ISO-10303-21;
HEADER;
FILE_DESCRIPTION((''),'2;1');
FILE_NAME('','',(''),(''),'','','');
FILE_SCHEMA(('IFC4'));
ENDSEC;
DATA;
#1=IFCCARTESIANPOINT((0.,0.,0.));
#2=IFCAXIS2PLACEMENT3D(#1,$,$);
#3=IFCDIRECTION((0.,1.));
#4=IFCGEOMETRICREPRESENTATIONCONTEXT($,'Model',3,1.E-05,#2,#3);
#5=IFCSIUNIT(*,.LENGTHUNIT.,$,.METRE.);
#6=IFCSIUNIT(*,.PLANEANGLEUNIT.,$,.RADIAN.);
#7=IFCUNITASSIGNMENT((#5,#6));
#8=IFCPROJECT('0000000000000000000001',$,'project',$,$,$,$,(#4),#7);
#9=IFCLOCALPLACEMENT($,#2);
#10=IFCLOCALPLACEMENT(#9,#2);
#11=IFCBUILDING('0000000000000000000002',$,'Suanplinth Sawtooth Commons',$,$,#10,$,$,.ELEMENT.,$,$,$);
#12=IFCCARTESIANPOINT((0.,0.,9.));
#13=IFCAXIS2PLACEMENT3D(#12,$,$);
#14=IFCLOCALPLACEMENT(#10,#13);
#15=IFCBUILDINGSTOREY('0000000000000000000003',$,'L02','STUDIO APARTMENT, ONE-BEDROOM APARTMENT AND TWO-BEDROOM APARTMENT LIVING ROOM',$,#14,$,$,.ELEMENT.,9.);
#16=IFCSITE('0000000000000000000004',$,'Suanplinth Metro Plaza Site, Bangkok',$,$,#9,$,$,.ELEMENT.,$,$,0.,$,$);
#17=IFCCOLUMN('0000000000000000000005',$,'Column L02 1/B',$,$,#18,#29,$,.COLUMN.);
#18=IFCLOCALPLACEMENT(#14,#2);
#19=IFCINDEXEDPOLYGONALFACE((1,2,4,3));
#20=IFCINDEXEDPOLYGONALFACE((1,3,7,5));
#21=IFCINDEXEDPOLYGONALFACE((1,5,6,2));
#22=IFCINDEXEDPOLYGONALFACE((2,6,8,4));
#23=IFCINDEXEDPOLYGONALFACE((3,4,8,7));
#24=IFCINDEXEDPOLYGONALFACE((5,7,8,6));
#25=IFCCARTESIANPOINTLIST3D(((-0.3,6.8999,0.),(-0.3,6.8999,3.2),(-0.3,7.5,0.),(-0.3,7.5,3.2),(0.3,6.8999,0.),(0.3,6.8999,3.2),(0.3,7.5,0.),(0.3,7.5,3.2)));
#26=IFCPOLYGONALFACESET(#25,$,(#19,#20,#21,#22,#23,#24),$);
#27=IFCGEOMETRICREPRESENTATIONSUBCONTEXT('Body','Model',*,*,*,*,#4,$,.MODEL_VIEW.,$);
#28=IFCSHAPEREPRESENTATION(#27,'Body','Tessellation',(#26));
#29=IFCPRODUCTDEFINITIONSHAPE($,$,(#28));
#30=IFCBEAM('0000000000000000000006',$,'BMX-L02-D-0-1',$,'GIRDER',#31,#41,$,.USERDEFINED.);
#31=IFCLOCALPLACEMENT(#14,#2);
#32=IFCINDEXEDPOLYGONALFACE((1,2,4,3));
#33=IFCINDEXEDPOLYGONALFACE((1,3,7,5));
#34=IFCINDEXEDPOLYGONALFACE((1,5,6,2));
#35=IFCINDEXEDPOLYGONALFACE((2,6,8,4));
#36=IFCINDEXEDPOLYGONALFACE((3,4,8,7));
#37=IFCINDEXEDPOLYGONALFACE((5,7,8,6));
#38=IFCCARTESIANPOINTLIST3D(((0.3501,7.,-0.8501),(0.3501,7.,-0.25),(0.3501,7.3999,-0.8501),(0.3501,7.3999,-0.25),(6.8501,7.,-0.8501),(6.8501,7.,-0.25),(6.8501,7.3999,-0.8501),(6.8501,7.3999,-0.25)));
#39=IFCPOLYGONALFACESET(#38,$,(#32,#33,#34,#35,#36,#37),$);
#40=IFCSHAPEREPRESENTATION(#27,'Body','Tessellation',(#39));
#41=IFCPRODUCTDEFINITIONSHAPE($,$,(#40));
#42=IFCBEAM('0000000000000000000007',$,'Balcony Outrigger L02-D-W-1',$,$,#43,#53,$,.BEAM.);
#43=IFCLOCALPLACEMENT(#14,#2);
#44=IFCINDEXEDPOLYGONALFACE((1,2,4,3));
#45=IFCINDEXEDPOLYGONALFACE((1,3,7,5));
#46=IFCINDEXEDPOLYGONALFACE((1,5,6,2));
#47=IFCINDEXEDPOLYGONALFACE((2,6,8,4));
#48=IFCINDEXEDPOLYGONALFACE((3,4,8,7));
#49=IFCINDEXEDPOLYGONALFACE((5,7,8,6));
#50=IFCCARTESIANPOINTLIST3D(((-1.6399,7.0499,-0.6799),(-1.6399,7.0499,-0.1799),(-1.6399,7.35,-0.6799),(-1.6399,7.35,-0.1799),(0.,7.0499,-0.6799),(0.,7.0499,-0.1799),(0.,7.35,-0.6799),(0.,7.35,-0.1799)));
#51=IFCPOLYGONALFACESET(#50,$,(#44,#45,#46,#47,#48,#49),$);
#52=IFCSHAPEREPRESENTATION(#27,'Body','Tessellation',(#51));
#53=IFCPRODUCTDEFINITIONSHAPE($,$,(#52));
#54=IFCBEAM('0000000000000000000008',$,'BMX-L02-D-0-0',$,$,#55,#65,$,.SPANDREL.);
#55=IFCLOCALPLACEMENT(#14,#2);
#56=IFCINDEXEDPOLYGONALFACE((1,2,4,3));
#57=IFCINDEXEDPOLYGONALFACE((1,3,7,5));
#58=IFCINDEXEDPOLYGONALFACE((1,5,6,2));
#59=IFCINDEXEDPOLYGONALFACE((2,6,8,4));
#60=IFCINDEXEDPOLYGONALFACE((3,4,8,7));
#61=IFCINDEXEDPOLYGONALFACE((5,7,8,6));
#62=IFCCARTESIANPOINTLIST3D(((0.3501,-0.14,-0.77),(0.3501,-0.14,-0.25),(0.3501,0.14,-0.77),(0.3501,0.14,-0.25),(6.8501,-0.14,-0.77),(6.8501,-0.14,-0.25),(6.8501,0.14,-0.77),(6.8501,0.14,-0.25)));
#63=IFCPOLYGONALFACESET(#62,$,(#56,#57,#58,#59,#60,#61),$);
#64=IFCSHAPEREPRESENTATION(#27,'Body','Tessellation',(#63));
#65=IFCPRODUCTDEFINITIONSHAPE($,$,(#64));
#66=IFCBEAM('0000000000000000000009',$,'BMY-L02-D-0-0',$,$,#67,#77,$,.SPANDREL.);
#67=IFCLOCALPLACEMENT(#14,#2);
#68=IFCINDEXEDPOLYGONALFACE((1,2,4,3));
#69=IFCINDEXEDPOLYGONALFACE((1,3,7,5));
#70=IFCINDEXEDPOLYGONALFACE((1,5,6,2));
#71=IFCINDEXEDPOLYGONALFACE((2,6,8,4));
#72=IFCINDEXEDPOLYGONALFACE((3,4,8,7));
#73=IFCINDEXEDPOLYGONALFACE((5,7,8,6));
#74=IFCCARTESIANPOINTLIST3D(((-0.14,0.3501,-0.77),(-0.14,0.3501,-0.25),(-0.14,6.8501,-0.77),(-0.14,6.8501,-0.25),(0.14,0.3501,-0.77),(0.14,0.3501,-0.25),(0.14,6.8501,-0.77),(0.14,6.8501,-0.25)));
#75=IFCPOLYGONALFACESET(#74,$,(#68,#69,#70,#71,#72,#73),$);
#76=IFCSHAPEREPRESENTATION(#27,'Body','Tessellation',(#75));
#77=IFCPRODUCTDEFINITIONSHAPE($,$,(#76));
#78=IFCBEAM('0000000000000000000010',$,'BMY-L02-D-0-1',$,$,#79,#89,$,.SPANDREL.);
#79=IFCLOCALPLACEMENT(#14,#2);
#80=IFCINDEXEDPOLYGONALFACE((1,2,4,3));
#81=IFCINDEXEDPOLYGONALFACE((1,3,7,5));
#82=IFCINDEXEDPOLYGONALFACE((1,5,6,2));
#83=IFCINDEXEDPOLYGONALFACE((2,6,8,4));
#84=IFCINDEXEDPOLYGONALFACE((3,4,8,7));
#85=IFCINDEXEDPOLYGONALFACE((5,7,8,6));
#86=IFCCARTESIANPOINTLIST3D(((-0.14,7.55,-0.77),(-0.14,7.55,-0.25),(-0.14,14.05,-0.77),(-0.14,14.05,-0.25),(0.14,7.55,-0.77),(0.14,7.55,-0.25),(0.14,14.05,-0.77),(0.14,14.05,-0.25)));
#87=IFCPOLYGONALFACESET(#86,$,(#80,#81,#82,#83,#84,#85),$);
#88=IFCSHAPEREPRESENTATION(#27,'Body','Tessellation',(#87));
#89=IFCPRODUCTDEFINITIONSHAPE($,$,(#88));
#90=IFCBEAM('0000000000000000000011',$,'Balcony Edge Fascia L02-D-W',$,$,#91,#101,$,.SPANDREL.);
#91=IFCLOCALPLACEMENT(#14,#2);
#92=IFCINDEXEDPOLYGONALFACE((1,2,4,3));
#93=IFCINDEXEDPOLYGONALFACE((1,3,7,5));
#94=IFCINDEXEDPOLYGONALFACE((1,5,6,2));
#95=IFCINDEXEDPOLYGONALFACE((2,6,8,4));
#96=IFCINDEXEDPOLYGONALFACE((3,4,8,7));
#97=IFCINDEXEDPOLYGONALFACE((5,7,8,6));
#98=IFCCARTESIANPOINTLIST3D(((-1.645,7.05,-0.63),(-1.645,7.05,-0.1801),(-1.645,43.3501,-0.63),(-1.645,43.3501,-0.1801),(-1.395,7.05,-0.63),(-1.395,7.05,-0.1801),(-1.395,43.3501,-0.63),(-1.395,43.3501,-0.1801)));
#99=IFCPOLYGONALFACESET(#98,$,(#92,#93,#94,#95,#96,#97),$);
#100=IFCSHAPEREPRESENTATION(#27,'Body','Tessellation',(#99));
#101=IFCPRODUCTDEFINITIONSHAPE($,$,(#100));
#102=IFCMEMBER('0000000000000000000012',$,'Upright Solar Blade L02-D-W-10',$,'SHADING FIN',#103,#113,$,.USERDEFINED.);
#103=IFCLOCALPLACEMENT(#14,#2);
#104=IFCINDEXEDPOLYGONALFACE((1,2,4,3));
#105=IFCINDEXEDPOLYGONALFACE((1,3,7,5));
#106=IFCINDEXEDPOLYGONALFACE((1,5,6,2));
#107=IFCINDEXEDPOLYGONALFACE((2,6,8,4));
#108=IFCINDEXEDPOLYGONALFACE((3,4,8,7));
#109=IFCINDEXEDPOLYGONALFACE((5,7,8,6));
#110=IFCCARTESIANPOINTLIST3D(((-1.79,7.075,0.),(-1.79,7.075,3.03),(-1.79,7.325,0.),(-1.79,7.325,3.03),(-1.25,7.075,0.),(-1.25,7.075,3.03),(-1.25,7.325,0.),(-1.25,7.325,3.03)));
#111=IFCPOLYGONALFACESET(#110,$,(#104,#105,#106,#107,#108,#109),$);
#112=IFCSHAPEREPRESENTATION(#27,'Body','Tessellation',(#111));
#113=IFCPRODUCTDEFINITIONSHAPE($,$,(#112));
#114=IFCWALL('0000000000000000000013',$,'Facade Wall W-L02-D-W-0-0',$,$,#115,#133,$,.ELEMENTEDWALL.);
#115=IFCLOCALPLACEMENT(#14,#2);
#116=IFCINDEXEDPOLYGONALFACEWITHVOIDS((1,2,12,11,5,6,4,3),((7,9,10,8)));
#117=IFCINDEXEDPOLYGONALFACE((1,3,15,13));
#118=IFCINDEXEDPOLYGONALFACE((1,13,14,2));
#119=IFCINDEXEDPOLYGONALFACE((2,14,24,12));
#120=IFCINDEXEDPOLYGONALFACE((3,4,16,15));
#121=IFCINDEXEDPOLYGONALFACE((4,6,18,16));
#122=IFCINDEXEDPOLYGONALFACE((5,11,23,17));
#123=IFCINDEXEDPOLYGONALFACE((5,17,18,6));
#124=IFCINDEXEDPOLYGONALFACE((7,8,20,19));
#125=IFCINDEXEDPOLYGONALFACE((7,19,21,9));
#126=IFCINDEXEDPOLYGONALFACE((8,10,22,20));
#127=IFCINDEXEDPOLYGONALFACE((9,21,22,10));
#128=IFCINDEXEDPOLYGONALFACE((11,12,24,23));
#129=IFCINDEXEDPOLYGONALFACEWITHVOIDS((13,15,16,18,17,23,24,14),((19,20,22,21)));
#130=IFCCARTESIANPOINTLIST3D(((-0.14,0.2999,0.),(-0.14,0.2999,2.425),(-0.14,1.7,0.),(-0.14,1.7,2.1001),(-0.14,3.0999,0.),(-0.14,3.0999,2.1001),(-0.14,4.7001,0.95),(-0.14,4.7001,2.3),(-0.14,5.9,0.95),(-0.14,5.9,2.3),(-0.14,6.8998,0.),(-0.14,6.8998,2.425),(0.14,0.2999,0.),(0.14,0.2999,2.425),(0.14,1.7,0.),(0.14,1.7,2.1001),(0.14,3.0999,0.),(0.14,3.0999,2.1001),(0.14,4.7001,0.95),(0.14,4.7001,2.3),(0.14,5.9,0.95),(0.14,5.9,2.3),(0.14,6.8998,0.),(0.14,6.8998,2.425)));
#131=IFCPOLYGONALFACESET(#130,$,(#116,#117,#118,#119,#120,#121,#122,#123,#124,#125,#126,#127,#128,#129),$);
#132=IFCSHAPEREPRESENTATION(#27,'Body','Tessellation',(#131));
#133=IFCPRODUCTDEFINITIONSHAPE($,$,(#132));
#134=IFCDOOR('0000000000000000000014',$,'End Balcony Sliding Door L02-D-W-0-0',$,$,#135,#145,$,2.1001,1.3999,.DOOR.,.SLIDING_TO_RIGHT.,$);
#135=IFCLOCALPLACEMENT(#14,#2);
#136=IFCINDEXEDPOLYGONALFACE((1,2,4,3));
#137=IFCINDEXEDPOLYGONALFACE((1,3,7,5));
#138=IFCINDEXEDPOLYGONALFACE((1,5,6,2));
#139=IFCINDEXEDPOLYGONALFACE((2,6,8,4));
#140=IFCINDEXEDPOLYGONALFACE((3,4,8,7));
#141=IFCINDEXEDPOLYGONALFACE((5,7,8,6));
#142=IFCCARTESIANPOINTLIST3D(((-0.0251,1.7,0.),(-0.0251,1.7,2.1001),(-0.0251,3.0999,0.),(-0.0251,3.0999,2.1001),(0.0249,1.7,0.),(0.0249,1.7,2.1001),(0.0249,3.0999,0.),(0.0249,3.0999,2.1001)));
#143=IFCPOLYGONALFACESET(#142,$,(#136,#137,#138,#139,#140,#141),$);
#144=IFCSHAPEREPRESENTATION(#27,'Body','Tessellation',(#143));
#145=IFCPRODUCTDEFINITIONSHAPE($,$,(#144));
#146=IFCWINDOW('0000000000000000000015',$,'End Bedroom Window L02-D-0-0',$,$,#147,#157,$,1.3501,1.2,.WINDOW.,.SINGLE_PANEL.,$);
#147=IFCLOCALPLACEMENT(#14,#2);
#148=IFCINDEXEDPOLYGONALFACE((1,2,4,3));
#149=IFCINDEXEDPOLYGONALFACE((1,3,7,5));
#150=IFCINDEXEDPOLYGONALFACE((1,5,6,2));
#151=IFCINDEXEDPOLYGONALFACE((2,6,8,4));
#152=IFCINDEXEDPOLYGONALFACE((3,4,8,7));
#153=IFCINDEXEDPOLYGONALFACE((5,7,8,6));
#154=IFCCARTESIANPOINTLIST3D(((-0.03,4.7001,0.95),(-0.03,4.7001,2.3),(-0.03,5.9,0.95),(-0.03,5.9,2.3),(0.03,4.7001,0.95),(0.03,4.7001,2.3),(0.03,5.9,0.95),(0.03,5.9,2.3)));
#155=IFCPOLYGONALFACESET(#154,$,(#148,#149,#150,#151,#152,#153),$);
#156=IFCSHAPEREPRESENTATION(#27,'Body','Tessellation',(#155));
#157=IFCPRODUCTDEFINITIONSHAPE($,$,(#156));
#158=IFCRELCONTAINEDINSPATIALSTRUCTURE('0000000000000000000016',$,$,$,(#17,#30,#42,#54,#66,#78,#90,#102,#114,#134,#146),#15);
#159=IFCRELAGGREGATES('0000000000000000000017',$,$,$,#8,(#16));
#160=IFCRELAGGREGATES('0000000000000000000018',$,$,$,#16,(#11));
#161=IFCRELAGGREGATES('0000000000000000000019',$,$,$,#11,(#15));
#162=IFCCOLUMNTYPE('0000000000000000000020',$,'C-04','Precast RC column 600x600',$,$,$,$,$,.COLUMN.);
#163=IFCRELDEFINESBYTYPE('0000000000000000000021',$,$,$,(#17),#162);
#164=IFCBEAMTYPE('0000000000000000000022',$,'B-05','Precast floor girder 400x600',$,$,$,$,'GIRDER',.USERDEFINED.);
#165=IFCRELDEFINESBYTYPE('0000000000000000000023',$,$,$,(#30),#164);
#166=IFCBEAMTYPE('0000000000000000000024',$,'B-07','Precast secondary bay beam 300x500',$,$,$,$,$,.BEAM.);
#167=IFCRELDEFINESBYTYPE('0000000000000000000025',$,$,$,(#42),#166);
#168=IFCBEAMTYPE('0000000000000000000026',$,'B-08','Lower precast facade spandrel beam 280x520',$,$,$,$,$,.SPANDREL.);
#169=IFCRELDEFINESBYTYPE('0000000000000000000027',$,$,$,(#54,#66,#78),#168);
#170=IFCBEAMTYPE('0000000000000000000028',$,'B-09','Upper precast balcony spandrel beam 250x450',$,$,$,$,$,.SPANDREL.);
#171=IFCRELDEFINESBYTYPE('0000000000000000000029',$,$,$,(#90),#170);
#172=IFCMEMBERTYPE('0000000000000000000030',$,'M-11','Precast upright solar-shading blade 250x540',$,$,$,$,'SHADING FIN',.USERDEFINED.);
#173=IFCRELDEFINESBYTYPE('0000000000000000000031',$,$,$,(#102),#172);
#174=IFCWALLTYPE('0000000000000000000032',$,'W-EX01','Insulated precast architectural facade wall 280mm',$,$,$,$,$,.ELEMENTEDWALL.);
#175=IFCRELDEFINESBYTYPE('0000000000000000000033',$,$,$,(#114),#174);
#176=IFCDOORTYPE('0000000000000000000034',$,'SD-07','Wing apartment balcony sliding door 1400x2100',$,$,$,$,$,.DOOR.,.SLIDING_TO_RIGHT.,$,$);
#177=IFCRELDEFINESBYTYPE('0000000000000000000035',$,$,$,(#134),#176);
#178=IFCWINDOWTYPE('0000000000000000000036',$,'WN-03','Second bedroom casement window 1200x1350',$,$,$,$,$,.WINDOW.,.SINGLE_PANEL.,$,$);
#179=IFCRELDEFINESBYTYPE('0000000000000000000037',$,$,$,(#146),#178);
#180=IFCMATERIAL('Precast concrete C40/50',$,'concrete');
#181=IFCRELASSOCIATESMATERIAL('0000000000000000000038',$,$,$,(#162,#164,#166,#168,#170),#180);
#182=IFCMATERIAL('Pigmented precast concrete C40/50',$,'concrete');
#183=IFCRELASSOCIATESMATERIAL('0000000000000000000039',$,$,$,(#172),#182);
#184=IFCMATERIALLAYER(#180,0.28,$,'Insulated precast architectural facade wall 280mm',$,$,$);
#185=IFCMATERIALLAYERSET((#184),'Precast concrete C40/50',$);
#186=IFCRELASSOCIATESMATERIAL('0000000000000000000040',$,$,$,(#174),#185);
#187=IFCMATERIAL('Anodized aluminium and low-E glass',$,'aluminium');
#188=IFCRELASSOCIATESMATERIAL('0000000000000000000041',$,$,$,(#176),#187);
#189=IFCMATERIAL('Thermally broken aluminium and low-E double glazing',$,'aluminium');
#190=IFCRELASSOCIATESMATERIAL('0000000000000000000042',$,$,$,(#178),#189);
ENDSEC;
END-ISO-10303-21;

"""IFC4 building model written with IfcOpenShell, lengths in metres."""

from ifc_helpers import new_model, si_unit, direction, frame, frame_2d, origin, origin_2d, place, context, subcontext, project, spatial, rectangle, extrude, material, layer, layer_set, material_profile, profile_set, type_object, element, fill, save


model = new_model("IFC4")

# Units and contexts
model_context = context("Model", 3, precision=1e-05, world=origin(), true_north=direction((0.0, 1.0)))
body_context = subcontext(model_context, "Body", "Model", "MODEL_VIEW")
ifc_project = project(units=[si_unit("LENGTHUNIT", "METRE"), si_unit("PLANEANGLEUNIT", "RADIAN")], contexts=[model_context])

# Site, building, storey
site_placement = place(None, origin())
site = spatial("IfcSite", under=ifc_project, at=site_placement, Name="Suanplinth Metro Plaza Site, Bangkok", CompositionType="ELEMENT", RefElevation=0.0)
building_placement = place(site_placement, origin())
building = spatial("IfcBuilding", under=site, at=building_placement, Name="Suanplinth Sawtooth Commons", CompositionType="ELEMENT")
storey_placement = place(building_placement, frame((0.0, 0.0, 9.0)))
storey = spatial("IfcBuildingStorey", under=building, at=storey_placement, Name="L02", Description="STUDIO APARTMENT, ONE-BEDROOM APARTMENT AND TWO-BEDROOM APARTMENT LIVING ROOM", CompositionType="ELEMENT", Elevation=9.0)

# Column
ifc_material_1 = material(Name="Precast concrete C40/50", Category="concrete")
ifc_material_profile_1 = material_profile(ifc_material_1, rectangle(XDim=0.6001, YDim=0.6001, at=origin_2d()), Name="PC-COL 600x600")
ifc_profile_set_1 = profile_set([ifc_material_profile_1], Name="Precast concrete C40/50")
column_type = type_object("IfcColumnType", Name="C-04", Description="Precast RC column 600x600", PredefinedType="COLUMN", material=ifc_profile_set_1)
column_placement = place(storey_placement, frame((0.0, 7.2, 0.0), z_axis=(0.0, 0.0, 1.0), x_axis=(1.0, 0.0, 0.0)))
element("IfcColumn", 1, at=column_placement, inside=storey, type_object=column_type, Name="Column L02 1/B", PredefinedType="COLUMN", context=body_context, shape_type="SweptSolid", body=[
    extrude(rectangle(XDim=0.6001, YDim=0.6001, at=origin_2d()), origin(), (0.0, 0.0, 1.0), 3.2),
])

# Beams
ifc_material_profile_2 = material_profile(ifc_material_1, rectangle(XDim=0.3999, YDim=0.6001, at=origin_2d()), Name="PC-GDR 400x600")
ifc_profile_set_2 = profile_set([ifc_material_profile_2], Name="Precast concrete C40/50")
beam_type_1 = type_object("IfcBeamType", Name="B-05", Description="Precast floor girder 400x600", ElementType="GIRDER", PredefinedType="USERDEFINED", material=ifc_profile_set_2)
beam_1_placement = place(storey_placement, frame((0.3501, 7.2, -0.55), z_axis=(1.0, 0.0, 0.0), x_axis=(0.0, 1.0, 0.0)))
element("IfcBeam", 2, at=beam_1_placement, inside=storey, type_object=beam_type_1, Name="BMX-L02-D-0-1", ObjectType="GIRDER", PredefinedType="USERDEFINED", context=body_context, shape_type="SweptSolid", body=[
    extrude(rectangle(XDim=0.3999, YDim=0.6001, at=origin_2d()), origin(), (0.0, 0.0, 1.0), 6.5),
])
ifc_material_profile_3 = material_profile(ifc_material_1, rectangle(XDim=0.3, YDim=0.5, at=origin_2d()), Name="PC-BM 300x500")
ifc_profile_set_3 = profile_set([ifc_material_profile_3], Name="Precast concrete C40/50")
beam_type_2 = type_object("IfcBeamType", Name="B-07", Description="Precast secondary bay beam 300x500", PredefinedType="BEAM", material=ifc_profile_set_3)
beam_2_placement = place(storey_placement, frame((0.0, 7.2, -0.4299), z_axis=(-1.0, 0.0, 0.0), x_axis=(0.0, -1.0, 0.0)))
element("IfcBeam", 3, at=beam_2_placement, inside=storey, type_object=beam_type_2, Name="Balcony Outrigger L02-D-W-1", PredefinedType="BEAM", context=body_context, shape_type="SweptSolid", body=[
    extrude(rectangle(XDim=0.3, YDim=0.5, at=origin_2d()), origin(), (0.0, 0.0, 1.0), 1.6399),
])
ifc_material_profile_4 = material_profile(ifc_material_1, rectangle(XDim=0.28, YDim=0.52, at=origin_2d()), Name="PC-SP 280x520")
ifc_profile_set_4 = profile_set([ifc_material_profile_4], Name="Precast concrete C40/50")
beam_type_3 = type_object("IfcBeamType", Name="B-08", Description="Lower precast facade spandrel beam 280x520", PredefinedType="SPANDREL", material=ifc_profile_set_4)
for number, where, z_axis, x_axis, name in (
    (4, (0.3501, 0.0, -0.51), (1.0, 0.0, 0.0), (0.0, 1.0, 0.0), "BMX-L02-D-0-0"),
    (5, (0.0, 0.3501, -0.51), (0.0, 1.0, 0.0), (-1.0, 0.0, 0.0), "BMY-L02-D-0-0"),
    (6, (0.0, 7.55, -0.51), (0.0, 1.0, 0.0), (-1.0, 0.0, 0.0), "BMY-L02-D-0-1"),
):
    element("IfcBeam", number, at=place(storey_placement, frame(where, z_axis=z_axis, x_axis=x_axis)), inside=storey, type_object=beam_type_3, Name=name, PredefinedType="SPANDREL", context=body_context, shape_type="SweptSolid", body=[
        extrude(rectangle(XDim=0.28, YDim=0.52, at=origin_2d()), origin(), (0.0, 0.0, 1.0), 6.5),
    ])
ifc_material_profile_5 = material_profile(ifc_material_1, rectangle(XDim=0.25, YDim=0.45, at=origin_2d()), Name="PC-SP 250x450")
ifc_profile_set_5 = profile_set([ifc_material_profile_5], Name="Precast concrete C40/50")
beam_type_4 = type_object("IfcBeamType", Name="B-09", Description="Upper precast balcony spandrel beam 250x450", PredefinedType="SPANDREL", material=ifc_profile_set_5)
beam_3_placement = place(storey_placement, frame((-1.52, 7.05, -0.405), z_axis=(0.0, 1.0, 0.0), x_axis=(-1.0, 0.0, 0.0)))
element("IfcBeam", 7, at=beam_3_placement, inside=storey, type_object=beam_type_4, Name="Balcony Edge Fascia L02-D-W", PredefinedType="SPANDREL", context=body_context, shape_type="SweptSolid", body=[
    extrude(rectangle(XDim=0.25, YDim=0.45, at=origin_2d()), origin(), (0.0, 0.0, 1.0), 36.3),
])

# Member
ifc_material_2 = material(Name="Pigmented precast concrete C40/50", Category="concrete")
ifc_material_profile_6 = material_profile(ifc_material_2, rectangle(XDim=0.25, YDim=0.54, at=origin_2d()), Name="PC-FIN 250x540")
ifc_profile_set_6 = profile_set([ifc_material_profile_6], Name="Pigmented precast concrete C40/50")
member_type = type_object("IfcMemberType", Name="M-11", Description="Precast upright solar-shading blade 250x540", ElementType="SHADING FIN", PredefinedType="USERDEFINED", material=ifc_profile_set_6)
member_placement = place(storey_placement, frame((-1.52, 7.2, 0.0), z_axis=(0.0, 0.0, 1.0), x_axis=(0.0, 1.0, 0.0)))
element("IfcMember", 8, at=member_placement, inside=storey, type_object=member_type, Name="Upright Solar Blade L02-D-W-10", ObjectType="SHADING FIN", PredefinedType="USERDEFINED", context=body_context, shape_type="SweptSolid", body=[
    extrude(rectangle(XDim=0.25, YDim=0.54, at=origin_2d()), origin(), (0.0, 0.0, 1.0), 3.03),
])

# Wall, openings, door, window
ifc_layer_1 = layer(ifc_material_1, 0.28, Name="Insulated precast architectural facade wall 280mm")
ifc_layer_set_1 = layer_set([ifc_layer_1], Name="Precast concrete C40/50")
wall_type_1 = type_object("IfcWallType", Name="W-EX01", Description="Insulated precast architectural facade wall 280mm", PredefinedType="ELEMENTEDWALL", material=ifc_layer_set_1)
ifc_material_3 = material(Name="Anodized aluminium and low-E glass", Category="aluminium")
ifc_material_4 = material(Name="Thermally broken aluminium and low-E double glazing", Category="aluminium")
wall_1_placement = place(storey_placement, frame((0.0, 0.3, 0.0), z_axis=(0.0, 0.0, 1.0), x_axis=(0.0, 1.0, 0.0)))
wall_1 = element("IfcWall", 9, at=wall_1_placement, inside=storey, type_object=wall_type_1, Name="Facade Wall W-L02-D-W-0-0", PredefinedType="ELEMENTEDWALL", context=body_context, shape_type="SweptSolid", body=[
    extrude(rectangle(XDim=6.5999, YDim=0.28, at=frame_2d((3.2998, 0.0))), origin(), (0.0, 0.0, 1.0), 2.425),
])
opening_1_placement = place(wall_1_placement, frame((1.3999, 0.0, 0.0)))
opening_1 = element("IfcOpeningElement", 10, at=opening_1_placement, cuts=wall_1, PredefinedType="OPENING", context=body_context, shape_type="SweptSolid", body=[
    extrude(rectangle(XDim=1.3999, YDim=2.1001, at=frame_2d((0.7, 1.05))), frame((0.0, 0.1548, 0.0), z_axis=(0.0, -1.0, 0.0), x_axis=(1.0, 0.0, 0.0)), (0.0, 0.0, 1.0), 0.3098),
])
opening_2_placement = place(wall_1_placement, frame((4.3999, 0.0, 0.95)))
opening_2 = element("IfcOpeningElement", 11, at=opening_2_placement, cuts=wall_1, PredefinedType="OPENING", context=body_context, shape_type="SweptSolid", body=[
    extrude(rectangle(XDim=1.2, YDim=1.3501, at=frame_2d((0.6001, 0.675))), frame((0.0, 0.1548, 0.0), z_axis=(0.0, -1.0, 0.0), x_axis=(1.0, 0.0, 0.0)), (0.0, 0.0, 1.0), 0.3098),
])
door_type_1 = type_object("IfcDoorType", Name="SD-07", Description="Wing apartment balcony sliding door 1400x2100", OperationType="SLIDING_TO_RIGHT", PredefinedType="DOOR", material=ifc_material_3)
door_1_placement = place(opening_1_placement, frame((1.3999, 0.0, 0.0), z_axis=(0.0, 0.0, 1.0), x_axis=(-1.0, 0.0, 0.0)))
door_1 = element("IfcDoor", 12, at=door_1_placement, inside=storey, type_object=door_type_1, Name="End Balcony Sliding Door L02-D-W-0-0", OperationType="SLIDING_TO_RIGHT", OverallHeight=2.1001, OverallWidth=1.3999, PredefinedType="DOOR", context=body_context, shape_type="SweptSolid", body=[
    extrude(rectangle(XDim=1.3999, YDim=2.1001, at=frame_2d((0.7, 1.05))), frame((0.0, 0.0249, 0.0), z_axis=(0.0, -1.0, 0.0), x_axis=(1.0, 0.0, 0.0)), (0.0, 0.0, 1.0), 0.05),
])
fill(opening_1, door_1)
window_type_1 = type_object("IfcWindowType", Name="WN-03", Description="Second bedroom casement window 1200x1350", PartitioningType="SINGLE_PANEL", PredefinedType="WINDOW", material=ifc_material_4)
window_1_placement = place(opening_2_placement, origin())
window_1 = element("IfcWindow", 13, at=window_1_placement, inside=storey, type_object=window_type_1, Name="End Bedroom Window L02-D-0-0", OverallHeight=1.3501, OverallWidth=1.2, PartitioningType="SINGLE_PANEL", PredefinedType="WINDOW", context=body_context, shape_type="SweptSolid", body=[
    extrude(rectangle(XDim=1.2, YDim=1.3501, at=frame_2d((0.6001, 0.675))), frame((0.0, 0.03, 0.0), z_axis=(0.0, -1.0, 0.0), x_axis=(1.0, 0.0, 0.0)), (0.0, 0.0, 1.0), 0.0601),
])
fill(opening_2, window_1)

save(model, "model.ifc")
